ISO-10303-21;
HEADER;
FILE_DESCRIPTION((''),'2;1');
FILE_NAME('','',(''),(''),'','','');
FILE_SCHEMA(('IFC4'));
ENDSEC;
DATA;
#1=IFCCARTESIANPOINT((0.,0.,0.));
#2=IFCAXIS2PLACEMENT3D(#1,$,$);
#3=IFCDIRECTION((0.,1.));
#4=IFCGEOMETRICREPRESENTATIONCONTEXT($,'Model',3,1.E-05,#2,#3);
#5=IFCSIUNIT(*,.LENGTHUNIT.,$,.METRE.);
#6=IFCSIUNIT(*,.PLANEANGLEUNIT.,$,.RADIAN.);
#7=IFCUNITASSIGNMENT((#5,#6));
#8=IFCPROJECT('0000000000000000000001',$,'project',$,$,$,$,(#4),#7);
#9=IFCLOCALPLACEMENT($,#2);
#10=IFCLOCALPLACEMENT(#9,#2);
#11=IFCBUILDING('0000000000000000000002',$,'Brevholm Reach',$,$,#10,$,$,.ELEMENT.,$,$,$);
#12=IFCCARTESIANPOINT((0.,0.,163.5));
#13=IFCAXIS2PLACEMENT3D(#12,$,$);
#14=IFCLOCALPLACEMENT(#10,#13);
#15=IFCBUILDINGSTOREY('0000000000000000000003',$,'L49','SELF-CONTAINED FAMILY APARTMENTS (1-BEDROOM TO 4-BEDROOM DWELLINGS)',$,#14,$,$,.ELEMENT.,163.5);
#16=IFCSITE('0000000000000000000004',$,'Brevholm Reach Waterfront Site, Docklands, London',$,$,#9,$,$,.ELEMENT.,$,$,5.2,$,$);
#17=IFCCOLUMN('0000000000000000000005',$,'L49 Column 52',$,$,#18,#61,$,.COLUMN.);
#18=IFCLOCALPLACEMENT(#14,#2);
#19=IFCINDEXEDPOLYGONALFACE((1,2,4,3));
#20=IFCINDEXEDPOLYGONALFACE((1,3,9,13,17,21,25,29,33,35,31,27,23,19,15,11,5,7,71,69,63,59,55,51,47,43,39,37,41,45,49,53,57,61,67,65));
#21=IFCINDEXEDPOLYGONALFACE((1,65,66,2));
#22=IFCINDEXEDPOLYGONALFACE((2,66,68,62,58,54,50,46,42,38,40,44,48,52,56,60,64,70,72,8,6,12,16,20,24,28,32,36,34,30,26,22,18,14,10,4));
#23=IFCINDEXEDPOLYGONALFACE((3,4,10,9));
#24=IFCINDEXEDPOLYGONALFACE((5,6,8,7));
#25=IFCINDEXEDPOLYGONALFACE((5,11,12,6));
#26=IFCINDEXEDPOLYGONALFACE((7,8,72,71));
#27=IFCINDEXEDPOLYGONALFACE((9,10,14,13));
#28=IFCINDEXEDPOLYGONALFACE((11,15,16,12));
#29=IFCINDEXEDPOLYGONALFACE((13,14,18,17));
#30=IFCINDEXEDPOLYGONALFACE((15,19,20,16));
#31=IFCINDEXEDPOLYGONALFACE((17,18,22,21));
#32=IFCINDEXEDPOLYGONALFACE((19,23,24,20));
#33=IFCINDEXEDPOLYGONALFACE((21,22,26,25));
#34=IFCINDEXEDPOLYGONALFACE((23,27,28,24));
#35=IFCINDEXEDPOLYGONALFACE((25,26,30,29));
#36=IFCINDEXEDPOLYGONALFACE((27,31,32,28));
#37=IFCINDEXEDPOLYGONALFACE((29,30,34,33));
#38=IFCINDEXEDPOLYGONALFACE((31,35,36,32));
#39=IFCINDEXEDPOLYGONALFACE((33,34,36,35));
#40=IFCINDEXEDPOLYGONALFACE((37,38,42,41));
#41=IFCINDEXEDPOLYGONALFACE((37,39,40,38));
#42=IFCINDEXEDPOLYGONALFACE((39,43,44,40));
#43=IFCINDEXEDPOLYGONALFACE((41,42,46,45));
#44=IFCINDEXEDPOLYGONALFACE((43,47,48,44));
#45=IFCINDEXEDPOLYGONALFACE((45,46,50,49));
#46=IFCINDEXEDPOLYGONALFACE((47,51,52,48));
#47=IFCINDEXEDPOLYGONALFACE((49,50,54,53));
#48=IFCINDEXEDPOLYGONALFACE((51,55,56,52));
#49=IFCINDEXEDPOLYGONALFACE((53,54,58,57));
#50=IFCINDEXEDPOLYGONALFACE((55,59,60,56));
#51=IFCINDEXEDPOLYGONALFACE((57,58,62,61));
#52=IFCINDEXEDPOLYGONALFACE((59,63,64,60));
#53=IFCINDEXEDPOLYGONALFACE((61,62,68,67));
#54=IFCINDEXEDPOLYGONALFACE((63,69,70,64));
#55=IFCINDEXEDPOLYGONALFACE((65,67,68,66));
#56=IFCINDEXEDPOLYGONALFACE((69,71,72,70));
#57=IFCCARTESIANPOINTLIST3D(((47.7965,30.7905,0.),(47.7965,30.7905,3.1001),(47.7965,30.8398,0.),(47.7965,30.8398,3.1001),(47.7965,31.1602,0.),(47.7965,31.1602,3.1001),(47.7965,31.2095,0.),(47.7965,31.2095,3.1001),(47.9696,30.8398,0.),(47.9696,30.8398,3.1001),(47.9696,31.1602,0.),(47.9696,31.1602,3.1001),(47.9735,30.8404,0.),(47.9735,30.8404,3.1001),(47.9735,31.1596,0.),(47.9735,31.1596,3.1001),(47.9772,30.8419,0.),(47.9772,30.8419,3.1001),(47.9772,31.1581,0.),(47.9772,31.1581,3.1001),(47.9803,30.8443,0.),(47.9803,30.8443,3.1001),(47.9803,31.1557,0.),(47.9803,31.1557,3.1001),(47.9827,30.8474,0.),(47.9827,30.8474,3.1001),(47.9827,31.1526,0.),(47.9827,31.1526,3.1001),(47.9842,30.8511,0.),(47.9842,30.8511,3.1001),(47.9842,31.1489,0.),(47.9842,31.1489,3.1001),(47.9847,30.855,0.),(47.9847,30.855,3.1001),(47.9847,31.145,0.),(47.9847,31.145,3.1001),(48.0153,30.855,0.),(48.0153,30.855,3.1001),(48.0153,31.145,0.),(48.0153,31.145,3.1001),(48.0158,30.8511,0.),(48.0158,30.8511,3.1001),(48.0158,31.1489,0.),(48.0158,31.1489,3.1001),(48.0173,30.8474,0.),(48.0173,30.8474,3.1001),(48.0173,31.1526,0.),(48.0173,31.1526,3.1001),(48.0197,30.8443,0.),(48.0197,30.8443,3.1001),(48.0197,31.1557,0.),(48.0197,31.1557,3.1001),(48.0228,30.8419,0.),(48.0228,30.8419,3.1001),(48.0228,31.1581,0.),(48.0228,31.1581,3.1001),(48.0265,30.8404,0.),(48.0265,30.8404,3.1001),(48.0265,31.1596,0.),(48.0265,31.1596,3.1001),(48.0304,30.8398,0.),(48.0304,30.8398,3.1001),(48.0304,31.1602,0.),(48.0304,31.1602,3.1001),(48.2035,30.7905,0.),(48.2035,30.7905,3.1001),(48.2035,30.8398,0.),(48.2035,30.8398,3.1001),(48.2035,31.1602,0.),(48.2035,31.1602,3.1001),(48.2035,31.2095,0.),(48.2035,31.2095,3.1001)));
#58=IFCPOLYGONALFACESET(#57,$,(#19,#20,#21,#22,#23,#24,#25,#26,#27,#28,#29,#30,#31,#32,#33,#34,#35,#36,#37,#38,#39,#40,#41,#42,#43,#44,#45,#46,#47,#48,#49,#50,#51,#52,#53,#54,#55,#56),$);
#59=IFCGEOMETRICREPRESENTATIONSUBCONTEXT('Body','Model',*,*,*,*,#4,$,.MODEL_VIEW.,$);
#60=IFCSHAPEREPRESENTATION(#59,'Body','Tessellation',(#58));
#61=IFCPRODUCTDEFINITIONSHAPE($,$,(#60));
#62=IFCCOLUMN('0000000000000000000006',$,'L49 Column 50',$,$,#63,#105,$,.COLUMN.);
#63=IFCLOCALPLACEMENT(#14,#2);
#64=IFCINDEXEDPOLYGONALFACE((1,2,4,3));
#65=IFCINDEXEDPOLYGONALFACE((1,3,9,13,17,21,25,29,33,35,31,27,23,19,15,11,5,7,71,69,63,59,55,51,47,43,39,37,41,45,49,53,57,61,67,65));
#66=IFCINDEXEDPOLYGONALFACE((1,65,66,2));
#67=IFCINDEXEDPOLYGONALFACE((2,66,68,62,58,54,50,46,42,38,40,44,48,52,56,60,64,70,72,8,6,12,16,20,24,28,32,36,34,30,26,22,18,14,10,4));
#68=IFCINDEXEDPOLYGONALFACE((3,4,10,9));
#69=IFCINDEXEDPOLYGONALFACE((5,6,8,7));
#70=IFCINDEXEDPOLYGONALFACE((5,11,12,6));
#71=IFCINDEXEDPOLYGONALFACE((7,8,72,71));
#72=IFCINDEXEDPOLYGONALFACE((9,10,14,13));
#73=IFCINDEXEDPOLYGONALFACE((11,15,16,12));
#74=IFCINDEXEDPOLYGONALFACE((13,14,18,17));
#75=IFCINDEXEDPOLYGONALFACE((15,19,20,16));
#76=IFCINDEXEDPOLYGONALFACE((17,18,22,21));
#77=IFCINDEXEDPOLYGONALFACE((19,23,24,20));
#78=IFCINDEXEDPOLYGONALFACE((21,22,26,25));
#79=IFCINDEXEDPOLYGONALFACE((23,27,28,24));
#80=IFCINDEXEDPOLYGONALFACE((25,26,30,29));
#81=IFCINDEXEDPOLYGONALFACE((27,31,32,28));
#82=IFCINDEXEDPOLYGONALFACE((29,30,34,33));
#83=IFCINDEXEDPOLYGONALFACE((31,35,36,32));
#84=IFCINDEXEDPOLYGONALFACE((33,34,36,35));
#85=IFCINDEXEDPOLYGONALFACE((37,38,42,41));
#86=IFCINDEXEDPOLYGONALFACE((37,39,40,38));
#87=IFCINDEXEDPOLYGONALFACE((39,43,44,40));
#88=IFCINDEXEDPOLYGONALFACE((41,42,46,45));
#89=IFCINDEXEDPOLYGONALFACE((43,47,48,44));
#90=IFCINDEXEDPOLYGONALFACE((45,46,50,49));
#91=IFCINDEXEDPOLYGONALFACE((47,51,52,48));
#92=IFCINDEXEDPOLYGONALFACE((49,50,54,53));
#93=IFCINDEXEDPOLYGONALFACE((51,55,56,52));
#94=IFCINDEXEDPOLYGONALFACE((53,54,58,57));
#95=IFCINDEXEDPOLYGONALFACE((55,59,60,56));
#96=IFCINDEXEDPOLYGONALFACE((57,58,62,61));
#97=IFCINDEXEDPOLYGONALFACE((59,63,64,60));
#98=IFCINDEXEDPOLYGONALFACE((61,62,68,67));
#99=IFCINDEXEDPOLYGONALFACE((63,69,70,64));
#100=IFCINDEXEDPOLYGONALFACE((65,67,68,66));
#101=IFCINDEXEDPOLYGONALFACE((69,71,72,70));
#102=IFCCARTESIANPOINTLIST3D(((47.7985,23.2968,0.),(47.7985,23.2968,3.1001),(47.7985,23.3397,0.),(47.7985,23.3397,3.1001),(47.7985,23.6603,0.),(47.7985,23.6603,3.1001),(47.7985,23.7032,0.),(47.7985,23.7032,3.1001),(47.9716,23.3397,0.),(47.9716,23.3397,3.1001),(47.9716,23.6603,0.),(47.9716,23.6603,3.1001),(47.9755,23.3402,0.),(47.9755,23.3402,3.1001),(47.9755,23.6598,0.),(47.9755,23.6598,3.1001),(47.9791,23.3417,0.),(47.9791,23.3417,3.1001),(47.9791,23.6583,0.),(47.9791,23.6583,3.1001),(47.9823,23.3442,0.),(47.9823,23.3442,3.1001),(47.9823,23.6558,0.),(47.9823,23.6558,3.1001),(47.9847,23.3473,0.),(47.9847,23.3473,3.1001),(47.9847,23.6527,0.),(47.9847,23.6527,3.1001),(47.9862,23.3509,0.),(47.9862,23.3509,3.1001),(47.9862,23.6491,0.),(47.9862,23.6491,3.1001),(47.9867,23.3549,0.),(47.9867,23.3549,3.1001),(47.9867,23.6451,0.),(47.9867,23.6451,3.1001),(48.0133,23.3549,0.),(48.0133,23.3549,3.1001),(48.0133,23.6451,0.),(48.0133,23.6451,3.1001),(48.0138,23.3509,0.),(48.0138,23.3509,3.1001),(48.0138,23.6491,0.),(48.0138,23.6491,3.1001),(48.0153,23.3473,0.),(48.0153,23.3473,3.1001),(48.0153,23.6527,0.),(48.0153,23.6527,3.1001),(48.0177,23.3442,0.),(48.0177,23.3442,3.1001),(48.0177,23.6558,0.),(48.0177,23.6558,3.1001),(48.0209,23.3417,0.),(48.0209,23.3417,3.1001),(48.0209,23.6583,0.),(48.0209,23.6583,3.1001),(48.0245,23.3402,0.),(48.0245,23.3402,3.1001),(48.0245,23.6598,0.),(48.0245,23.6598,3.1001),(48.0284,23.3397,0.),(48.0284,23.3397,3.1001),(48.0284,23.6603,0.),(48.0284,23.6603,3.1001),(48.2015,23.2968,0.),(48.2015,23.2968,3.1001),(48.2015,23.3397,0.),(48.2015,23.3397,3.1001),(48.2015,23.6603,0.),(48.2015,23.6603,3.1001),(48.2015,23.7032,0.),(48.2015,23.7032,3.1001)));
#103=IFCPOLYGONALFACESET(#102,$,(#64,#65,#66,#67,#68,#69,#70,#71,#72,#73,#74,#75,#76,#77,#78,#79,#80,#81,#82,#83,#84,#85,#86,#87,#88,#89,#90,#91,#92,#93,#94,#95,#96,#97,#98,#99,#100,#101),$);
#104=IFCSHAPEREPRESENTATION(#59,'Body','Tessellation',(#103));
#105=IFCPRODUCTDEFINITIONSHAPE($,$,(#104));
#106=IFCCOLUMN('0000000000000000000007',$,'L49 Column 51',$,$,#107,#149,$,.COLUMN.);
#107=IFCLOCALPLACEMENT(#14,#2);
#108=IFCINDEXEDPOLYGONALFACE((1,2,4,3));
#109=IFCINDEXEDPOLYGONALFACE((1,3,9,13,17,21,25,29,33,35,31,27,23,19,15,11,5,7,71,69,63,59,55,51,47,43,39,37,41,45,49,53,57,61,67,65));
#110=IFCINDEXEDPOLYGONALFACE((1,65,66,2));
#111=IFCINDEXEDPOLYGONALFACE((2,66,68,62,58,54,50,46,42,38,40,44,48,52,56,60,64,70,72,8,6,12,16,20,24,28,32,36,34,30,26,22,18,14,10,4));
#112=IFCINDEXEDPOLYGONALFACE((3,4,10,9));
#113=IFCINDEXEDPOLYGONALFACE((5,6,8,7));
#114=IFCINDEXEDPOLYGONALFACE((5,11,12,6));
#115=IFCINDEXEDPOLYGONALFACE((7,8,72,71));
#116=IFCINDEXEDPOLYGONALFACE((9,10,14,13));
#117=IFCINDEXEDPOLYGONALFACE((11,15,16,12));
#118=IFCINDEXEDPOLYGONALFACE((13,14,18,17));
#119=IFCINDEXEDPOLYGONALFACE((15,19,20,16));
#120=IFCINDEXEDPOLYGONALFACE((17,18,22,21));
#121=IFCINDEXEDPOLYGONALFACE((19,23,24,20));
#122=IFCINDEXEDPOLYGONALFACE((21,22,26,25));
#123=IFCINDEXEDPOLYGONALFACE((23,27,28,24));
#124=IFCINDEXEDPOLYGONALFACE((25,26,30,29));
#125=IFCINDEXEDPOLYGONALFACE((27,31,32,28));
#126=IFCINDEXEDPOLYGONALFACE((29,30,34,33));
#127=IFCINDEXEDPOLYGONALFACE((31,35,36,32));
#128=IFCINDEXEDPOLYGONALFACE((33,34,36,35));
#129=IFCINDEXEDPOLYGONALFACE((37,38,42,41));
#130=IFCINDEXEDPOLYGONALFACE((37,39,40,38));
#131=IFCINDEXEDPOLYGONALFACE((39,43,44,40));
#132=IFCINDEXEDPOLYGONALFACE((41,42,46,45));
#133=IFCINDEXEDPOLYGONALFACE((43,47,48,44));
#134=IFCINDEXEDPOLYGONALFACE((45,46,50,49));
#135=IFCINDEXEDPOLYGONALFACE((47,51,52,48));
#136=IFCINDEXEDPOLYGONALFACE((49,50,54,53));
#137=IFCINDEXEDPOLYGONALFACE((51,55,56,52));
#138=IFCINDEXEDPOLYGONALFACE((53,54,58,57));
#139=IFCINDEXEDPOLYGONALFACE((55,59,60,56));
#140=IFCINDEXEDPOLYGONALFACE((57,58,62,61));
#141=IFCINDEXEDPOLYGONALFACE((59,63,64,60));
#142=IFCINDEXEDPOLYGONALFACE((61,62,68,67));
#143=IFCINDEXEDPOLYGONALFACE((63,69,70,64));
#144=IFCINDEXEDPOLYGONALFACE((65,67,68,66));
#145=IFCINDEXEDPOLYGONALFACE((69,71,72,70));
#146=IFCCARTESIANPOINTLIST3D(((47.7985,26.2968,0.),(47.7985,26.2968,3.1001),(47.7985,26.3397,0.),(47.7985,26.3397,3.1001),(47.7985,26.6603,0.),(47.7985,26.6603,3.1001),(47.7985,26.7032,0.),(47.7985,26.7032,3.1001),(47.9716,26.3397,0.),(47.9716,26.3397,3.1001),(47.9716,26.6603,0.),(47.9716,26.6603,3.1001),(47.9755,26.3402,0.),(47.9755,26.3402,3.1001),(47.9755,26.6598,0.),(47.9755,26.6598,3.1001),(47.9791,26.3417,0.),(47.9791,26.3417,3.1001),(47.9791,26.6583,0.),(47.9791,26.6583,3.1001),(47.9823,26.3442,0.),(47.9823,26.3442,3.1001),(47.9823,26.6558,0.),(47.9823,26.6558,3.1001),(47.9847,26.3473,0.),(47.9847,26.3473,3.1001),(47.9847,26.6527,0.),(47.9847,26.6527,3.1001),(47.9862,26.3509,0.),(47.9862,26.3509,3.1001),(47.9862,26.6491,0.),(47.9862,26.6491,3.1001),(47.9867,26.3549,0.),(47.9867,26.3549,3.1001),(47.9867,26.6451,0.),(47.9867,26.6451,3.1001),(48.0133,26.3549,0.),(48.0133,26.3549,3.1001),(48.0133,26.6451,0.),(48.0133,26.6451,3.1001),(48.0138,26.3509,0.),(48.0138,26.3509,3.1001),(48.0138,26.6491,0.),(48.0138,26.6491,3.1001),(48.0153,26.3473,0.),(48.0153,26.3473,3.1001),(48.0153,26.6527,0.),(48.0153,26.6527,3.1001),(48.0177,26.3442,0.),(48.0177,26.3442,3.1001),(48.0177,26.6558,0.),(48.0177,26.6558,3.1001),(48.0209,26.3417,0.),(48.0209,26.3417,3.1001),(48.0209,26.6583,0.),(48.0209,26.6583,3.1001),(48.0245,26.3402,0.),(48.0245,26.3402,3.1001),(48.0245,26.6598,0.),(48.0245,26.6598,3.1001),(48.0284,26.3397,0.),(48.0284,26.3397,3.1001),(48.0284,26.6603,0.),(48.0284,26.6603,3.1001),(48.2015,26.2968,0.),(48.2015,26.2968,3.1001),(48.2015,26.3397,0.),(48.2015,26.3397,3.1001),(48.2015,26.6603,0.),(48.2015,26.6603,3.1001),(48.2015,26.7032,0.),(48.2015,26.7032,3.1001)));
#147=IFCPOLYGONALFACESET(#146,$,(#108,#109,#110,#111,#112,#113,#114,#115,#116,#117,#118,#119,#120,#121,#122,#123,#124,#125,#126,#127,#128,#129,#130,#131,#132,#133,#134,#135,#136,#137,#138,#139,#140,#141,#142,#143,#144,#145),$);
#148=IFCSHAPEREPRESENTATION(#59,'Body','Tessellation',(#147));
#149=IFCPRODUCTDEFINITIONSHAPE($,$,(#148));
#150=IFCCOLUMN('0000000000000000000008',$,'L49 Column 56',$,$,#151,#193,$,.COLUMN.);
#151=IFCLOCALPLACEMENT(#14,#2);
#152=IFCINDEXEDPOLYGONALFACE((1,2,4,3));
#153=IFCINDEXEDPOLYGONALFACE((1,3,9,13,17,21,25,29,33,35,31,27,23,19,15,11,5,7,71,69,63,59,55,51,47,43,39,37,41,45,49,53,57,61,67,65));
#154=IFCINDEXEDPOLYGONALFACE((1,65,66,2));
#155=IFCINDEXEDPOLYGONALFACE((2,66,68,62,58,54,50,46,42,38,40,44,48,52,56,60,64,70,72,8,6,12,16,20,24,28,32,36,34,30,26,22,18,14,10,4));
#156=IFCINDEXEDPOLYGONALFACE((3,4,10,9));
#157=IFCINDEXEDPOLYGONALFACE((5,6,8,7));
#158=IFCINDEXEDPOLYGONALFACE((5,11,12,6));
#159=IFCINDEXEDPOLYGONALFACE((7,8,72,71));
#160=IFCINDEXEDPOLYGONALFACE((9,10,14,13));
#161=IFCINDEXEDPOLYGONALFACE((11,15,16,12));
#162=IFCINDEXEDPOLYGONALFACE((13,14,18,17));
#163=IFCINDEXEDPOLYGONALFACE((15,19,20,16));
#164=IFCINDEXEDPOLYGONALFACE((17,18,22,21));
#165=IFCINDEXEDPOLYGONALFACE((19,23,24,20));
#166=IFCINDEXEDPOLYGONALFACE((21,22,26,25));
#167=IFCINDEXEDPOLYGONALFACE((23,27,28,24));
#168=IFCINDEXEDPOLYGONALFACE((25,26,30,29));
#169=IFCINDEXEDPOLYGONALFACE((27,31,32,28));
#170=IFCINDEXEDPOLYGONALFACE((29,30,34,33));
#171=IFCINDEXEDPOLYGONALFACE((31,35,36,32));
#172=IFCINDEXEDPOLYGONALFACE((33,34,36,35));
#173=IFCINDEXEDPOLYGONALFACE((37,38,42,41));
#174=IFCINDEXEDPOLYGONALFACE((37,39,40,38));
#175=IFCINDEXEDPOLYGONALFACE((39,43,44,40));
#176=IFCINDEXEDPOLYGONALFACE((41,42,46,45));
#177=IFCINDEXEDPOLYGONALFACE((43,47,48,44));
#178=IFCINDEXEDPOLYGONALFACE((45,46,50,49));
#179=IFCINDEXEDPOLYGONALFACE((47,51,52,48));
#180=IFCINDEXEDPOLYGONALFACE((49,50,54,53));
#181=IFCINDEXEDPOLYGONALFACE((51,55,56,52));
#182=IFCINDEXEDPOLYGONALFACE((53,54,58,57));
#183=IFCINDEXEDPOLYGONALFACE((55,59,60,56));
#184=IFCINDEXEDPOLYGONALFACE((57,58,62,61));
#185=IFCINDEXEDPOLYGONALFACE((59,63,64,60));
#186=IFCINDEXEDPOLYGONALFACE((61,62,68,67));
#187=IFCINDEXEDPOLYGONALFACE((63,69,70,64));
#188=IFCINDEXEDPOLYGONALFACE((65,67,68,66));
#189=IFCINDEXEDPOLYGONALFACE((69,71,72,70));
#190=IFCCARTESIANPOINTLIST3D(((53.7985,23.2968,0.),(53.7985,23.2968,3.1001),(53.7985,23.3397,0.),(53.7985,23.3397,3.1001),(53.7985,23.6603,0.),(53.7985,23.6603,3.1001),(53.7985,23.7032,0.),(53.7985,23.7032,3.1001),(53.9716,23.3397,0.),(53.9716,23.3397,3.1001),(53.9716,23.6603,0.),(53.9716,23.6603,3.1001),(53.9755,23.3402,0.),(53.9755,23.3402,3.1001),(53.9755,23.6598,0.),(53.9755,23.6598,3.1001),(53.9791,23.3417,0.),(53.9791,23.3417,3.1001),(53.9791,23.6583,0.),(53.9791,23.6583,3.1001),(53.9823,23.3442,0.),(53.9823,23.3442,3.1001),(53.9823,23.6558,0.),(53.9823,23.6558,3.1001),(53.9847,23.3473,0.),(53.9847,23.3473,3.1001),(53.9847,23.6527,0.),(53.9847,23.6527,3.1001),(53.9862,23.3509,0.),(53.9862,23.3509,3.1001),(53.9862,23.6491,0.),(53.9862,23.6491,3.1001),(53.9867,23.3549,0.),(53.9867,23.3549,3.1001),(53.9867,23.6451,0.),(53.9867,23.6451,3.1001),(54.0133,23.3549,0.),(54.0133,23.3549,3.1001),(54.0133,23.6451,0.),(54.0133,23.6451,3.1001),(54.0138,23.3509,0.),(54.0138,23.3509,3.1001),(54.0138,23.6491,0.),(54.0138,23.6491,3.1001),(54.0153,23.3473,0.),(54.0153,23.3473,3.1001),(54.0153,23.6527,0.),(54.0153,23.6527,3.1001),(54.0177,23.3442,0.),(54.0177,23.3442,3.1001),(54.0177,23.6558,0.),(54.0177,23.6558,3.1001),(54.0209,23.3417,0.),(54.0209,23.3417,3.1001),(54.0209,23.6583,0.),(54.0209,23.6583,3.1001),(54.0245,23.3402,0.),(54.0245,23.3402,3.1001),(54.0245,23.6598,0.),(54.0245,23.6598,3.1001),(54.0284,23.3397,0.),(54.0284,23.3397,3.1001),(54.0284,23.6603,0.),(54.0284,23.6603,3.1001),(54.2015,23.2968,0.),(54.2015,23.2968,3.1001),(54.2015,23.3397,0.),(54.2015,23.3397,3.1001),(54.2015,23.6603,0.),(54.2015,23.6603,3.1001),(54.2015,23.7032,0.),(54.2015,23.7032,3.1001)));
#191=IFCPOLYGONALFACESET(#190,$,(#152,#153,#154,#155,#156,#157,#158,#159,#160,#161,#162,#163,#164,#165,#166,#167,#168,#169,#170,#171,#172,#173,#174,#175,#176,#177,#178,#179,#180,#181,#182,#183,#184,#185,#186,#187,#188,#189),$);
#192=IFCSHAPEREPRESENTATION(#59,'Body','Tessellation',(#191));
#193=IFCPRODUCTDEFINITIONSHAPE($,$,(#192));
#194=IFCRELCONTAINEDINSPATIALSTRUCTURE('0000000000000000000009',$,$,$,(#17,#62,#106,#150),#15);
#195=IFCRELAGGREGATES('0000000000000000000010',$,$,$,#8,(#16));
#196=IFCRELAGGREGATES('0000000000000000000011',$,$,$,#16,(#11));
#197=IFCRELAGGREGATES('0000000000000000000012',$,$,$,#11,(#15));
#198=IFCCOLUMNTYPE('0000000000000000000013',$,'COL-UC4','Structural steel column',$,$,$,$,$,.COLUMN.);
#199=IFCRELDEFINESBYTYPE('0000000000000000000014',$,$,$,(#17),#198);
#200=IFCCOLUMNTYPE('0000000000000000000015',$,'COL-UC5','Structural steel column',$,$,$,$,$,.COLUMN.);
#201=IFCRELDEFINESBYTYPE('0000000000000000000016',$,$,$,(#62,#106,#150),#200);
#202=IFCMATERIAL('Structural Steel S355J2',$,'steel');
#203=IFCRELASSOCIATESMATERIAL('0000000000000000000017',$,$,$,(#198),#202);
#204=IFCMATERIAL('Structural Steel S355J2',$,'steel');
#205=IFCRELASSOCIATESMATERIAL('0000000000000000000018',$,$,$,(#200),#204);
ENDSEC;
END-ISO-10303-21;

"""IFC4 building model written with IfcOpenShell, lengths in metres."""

from ifc_helpers import new_model, si_unit, direction, frame, origin, origin_2d, place, context, subcontext, project, spatial, i_section, extrude, material, material_profile, profile_set, type_object, element, save


model = new_model("IFC4")

# Units and contexts
model_context = context("Model", 3, precision=1e-05, world=origin(), true_north=direction((0.0, 1.0)))
body_context = subcontext(model_context, "Body", "Model", "MODEL_VIEW")
ifc_project = project(units=[si_unit("LENGTHUNIT", "METRE"), si_unit("PLANEANGLEUNIT", "RADIAN")], contexts=[model_context])

# Site, building, storey
site_placement = place(None, origin())
site = spatial("IfcSite", under=ifc_project, at=site_placement, Name="Brevholm Reach Waterfront Site, Docklands, London", CompositionType="ELEMENT", RefElevation=5.2)
building_placement = place(site_placement, origin())
building = spatial("IfcBuilding", under=site, at=building_placement, Name="Brevholm Reach", CompositionType="ELEMENT")
storey_placement = place(building_placement, frame((0.0, 0.0, 163.5)))
storey = spatial("IfcBuildingStorey", under=building, at=storey_placement, Name="L49", Description="SELF-CONTAINED FAMILY APARTMENTS (1-BEDROOM TO 4-BEDROOM DWELLINGS)", CompositionType="ELEMENT", Elevation=163.5)

# Columns
ifc_material_1 = material(Name="Structural Steel S355J2", Category="steel")
ifc_material_profile_1 = material_profile(ifc_material_1, i_section(OverallWidth=0.407, OverallDepth=0.4189, WebThickness=0.0305, FlangeThickness=0.0493, FilletRadius=0.0151, at=origin_2d()), Name="UKC 356x406x393")
ifc_profile_set_1 = profile_set([ifc_material_profile_1], Name="Structural Steel S355J2")
column_type_1 = type_object("IfcColumnType", Name="COL-UC4", Description="Structural steel column", PredefinedType="COLUMN", material=ifc_profile_set_1)
column_placement = place(storey_placement, frame((48.0, 31.0, 0.0), z_axis=(0.0, 0.0, 1.0), x_axis=(1.0, 0.0, 0.0)))
element("IfcColumn", 1, at=column_placement, inside=storey, type_object=column_type_1, Name="L49 Column 52", PredefinedType="COLUMN", context=body_context, shape_type="SweptSolid", body=[
    extrude(i_section(OverallWidth=0.407, OverallDepth=0.4189, WebThickness=0.0305, FlangeThickness=0.0493, FilletRadius=0.0151, at=origin_2d()), origin(), (0.0, 0.0, 1.0), 3.1001),
])
ifc_material_2 = material(Name="Structural Steel S355J2", Category="steel")
ifc_material_profile_2 = material_profile(ifc_material_2, i_section(OverallWidth=0.4031, OverallDepth=0.4065, WebThickness=0.0266, FlangeThickness=0.043, FilletRadius=0.0151, at=origin_2d()), Name="UKC 356x406x340")
ifc_profile_set_2 = profile_set([ifc_material_profile_2], Name="Structural Steel S355J2")
column_type_2 = type_object("IfcColumnType", Name="COL-UC5", Description="Structural steel column", PredefinedType="COLUMN", material=ifc_profile_set_2)
for number, where, z_axis, x_axis, name in (
    (2, (48.0, 23.5, 0.0), (0.0, 0.0, 1.0), (1.0, 0.0, 0.0), "L49 Column 50"),
    (3, (48.0, 26.5, 0.0), (0.0, 0.0, 1.0), (1.0, 0.0, 0.0), "L49 Column 51"),
    (4, (54.0, 23.5, 0.0), (0.0, 0.0, 1.0), (1.0, 0.0, 0.0), "L49 Column 56"),
):
    element("IfcColumn", number, at=place(storey_placement, frame(where, z_axis=z_axis, x_axis=x_axis)), inside=storey, type_object=column_type_2, Name=name, PredefinedType="COLUMN", context=body_context, shape_type="SweptSolid", body=[
        extrude(i_section(OverallWidth=0.4031, OverallDepth=0.4065, WebThickness=0.0266, FlangeThickness=0.043, FilletRadius=0.0151, at=origin_2d()), origin(), (0.0, 0.0, 1.0), 3.1001),
    ])

save(model, "model.ifc")
